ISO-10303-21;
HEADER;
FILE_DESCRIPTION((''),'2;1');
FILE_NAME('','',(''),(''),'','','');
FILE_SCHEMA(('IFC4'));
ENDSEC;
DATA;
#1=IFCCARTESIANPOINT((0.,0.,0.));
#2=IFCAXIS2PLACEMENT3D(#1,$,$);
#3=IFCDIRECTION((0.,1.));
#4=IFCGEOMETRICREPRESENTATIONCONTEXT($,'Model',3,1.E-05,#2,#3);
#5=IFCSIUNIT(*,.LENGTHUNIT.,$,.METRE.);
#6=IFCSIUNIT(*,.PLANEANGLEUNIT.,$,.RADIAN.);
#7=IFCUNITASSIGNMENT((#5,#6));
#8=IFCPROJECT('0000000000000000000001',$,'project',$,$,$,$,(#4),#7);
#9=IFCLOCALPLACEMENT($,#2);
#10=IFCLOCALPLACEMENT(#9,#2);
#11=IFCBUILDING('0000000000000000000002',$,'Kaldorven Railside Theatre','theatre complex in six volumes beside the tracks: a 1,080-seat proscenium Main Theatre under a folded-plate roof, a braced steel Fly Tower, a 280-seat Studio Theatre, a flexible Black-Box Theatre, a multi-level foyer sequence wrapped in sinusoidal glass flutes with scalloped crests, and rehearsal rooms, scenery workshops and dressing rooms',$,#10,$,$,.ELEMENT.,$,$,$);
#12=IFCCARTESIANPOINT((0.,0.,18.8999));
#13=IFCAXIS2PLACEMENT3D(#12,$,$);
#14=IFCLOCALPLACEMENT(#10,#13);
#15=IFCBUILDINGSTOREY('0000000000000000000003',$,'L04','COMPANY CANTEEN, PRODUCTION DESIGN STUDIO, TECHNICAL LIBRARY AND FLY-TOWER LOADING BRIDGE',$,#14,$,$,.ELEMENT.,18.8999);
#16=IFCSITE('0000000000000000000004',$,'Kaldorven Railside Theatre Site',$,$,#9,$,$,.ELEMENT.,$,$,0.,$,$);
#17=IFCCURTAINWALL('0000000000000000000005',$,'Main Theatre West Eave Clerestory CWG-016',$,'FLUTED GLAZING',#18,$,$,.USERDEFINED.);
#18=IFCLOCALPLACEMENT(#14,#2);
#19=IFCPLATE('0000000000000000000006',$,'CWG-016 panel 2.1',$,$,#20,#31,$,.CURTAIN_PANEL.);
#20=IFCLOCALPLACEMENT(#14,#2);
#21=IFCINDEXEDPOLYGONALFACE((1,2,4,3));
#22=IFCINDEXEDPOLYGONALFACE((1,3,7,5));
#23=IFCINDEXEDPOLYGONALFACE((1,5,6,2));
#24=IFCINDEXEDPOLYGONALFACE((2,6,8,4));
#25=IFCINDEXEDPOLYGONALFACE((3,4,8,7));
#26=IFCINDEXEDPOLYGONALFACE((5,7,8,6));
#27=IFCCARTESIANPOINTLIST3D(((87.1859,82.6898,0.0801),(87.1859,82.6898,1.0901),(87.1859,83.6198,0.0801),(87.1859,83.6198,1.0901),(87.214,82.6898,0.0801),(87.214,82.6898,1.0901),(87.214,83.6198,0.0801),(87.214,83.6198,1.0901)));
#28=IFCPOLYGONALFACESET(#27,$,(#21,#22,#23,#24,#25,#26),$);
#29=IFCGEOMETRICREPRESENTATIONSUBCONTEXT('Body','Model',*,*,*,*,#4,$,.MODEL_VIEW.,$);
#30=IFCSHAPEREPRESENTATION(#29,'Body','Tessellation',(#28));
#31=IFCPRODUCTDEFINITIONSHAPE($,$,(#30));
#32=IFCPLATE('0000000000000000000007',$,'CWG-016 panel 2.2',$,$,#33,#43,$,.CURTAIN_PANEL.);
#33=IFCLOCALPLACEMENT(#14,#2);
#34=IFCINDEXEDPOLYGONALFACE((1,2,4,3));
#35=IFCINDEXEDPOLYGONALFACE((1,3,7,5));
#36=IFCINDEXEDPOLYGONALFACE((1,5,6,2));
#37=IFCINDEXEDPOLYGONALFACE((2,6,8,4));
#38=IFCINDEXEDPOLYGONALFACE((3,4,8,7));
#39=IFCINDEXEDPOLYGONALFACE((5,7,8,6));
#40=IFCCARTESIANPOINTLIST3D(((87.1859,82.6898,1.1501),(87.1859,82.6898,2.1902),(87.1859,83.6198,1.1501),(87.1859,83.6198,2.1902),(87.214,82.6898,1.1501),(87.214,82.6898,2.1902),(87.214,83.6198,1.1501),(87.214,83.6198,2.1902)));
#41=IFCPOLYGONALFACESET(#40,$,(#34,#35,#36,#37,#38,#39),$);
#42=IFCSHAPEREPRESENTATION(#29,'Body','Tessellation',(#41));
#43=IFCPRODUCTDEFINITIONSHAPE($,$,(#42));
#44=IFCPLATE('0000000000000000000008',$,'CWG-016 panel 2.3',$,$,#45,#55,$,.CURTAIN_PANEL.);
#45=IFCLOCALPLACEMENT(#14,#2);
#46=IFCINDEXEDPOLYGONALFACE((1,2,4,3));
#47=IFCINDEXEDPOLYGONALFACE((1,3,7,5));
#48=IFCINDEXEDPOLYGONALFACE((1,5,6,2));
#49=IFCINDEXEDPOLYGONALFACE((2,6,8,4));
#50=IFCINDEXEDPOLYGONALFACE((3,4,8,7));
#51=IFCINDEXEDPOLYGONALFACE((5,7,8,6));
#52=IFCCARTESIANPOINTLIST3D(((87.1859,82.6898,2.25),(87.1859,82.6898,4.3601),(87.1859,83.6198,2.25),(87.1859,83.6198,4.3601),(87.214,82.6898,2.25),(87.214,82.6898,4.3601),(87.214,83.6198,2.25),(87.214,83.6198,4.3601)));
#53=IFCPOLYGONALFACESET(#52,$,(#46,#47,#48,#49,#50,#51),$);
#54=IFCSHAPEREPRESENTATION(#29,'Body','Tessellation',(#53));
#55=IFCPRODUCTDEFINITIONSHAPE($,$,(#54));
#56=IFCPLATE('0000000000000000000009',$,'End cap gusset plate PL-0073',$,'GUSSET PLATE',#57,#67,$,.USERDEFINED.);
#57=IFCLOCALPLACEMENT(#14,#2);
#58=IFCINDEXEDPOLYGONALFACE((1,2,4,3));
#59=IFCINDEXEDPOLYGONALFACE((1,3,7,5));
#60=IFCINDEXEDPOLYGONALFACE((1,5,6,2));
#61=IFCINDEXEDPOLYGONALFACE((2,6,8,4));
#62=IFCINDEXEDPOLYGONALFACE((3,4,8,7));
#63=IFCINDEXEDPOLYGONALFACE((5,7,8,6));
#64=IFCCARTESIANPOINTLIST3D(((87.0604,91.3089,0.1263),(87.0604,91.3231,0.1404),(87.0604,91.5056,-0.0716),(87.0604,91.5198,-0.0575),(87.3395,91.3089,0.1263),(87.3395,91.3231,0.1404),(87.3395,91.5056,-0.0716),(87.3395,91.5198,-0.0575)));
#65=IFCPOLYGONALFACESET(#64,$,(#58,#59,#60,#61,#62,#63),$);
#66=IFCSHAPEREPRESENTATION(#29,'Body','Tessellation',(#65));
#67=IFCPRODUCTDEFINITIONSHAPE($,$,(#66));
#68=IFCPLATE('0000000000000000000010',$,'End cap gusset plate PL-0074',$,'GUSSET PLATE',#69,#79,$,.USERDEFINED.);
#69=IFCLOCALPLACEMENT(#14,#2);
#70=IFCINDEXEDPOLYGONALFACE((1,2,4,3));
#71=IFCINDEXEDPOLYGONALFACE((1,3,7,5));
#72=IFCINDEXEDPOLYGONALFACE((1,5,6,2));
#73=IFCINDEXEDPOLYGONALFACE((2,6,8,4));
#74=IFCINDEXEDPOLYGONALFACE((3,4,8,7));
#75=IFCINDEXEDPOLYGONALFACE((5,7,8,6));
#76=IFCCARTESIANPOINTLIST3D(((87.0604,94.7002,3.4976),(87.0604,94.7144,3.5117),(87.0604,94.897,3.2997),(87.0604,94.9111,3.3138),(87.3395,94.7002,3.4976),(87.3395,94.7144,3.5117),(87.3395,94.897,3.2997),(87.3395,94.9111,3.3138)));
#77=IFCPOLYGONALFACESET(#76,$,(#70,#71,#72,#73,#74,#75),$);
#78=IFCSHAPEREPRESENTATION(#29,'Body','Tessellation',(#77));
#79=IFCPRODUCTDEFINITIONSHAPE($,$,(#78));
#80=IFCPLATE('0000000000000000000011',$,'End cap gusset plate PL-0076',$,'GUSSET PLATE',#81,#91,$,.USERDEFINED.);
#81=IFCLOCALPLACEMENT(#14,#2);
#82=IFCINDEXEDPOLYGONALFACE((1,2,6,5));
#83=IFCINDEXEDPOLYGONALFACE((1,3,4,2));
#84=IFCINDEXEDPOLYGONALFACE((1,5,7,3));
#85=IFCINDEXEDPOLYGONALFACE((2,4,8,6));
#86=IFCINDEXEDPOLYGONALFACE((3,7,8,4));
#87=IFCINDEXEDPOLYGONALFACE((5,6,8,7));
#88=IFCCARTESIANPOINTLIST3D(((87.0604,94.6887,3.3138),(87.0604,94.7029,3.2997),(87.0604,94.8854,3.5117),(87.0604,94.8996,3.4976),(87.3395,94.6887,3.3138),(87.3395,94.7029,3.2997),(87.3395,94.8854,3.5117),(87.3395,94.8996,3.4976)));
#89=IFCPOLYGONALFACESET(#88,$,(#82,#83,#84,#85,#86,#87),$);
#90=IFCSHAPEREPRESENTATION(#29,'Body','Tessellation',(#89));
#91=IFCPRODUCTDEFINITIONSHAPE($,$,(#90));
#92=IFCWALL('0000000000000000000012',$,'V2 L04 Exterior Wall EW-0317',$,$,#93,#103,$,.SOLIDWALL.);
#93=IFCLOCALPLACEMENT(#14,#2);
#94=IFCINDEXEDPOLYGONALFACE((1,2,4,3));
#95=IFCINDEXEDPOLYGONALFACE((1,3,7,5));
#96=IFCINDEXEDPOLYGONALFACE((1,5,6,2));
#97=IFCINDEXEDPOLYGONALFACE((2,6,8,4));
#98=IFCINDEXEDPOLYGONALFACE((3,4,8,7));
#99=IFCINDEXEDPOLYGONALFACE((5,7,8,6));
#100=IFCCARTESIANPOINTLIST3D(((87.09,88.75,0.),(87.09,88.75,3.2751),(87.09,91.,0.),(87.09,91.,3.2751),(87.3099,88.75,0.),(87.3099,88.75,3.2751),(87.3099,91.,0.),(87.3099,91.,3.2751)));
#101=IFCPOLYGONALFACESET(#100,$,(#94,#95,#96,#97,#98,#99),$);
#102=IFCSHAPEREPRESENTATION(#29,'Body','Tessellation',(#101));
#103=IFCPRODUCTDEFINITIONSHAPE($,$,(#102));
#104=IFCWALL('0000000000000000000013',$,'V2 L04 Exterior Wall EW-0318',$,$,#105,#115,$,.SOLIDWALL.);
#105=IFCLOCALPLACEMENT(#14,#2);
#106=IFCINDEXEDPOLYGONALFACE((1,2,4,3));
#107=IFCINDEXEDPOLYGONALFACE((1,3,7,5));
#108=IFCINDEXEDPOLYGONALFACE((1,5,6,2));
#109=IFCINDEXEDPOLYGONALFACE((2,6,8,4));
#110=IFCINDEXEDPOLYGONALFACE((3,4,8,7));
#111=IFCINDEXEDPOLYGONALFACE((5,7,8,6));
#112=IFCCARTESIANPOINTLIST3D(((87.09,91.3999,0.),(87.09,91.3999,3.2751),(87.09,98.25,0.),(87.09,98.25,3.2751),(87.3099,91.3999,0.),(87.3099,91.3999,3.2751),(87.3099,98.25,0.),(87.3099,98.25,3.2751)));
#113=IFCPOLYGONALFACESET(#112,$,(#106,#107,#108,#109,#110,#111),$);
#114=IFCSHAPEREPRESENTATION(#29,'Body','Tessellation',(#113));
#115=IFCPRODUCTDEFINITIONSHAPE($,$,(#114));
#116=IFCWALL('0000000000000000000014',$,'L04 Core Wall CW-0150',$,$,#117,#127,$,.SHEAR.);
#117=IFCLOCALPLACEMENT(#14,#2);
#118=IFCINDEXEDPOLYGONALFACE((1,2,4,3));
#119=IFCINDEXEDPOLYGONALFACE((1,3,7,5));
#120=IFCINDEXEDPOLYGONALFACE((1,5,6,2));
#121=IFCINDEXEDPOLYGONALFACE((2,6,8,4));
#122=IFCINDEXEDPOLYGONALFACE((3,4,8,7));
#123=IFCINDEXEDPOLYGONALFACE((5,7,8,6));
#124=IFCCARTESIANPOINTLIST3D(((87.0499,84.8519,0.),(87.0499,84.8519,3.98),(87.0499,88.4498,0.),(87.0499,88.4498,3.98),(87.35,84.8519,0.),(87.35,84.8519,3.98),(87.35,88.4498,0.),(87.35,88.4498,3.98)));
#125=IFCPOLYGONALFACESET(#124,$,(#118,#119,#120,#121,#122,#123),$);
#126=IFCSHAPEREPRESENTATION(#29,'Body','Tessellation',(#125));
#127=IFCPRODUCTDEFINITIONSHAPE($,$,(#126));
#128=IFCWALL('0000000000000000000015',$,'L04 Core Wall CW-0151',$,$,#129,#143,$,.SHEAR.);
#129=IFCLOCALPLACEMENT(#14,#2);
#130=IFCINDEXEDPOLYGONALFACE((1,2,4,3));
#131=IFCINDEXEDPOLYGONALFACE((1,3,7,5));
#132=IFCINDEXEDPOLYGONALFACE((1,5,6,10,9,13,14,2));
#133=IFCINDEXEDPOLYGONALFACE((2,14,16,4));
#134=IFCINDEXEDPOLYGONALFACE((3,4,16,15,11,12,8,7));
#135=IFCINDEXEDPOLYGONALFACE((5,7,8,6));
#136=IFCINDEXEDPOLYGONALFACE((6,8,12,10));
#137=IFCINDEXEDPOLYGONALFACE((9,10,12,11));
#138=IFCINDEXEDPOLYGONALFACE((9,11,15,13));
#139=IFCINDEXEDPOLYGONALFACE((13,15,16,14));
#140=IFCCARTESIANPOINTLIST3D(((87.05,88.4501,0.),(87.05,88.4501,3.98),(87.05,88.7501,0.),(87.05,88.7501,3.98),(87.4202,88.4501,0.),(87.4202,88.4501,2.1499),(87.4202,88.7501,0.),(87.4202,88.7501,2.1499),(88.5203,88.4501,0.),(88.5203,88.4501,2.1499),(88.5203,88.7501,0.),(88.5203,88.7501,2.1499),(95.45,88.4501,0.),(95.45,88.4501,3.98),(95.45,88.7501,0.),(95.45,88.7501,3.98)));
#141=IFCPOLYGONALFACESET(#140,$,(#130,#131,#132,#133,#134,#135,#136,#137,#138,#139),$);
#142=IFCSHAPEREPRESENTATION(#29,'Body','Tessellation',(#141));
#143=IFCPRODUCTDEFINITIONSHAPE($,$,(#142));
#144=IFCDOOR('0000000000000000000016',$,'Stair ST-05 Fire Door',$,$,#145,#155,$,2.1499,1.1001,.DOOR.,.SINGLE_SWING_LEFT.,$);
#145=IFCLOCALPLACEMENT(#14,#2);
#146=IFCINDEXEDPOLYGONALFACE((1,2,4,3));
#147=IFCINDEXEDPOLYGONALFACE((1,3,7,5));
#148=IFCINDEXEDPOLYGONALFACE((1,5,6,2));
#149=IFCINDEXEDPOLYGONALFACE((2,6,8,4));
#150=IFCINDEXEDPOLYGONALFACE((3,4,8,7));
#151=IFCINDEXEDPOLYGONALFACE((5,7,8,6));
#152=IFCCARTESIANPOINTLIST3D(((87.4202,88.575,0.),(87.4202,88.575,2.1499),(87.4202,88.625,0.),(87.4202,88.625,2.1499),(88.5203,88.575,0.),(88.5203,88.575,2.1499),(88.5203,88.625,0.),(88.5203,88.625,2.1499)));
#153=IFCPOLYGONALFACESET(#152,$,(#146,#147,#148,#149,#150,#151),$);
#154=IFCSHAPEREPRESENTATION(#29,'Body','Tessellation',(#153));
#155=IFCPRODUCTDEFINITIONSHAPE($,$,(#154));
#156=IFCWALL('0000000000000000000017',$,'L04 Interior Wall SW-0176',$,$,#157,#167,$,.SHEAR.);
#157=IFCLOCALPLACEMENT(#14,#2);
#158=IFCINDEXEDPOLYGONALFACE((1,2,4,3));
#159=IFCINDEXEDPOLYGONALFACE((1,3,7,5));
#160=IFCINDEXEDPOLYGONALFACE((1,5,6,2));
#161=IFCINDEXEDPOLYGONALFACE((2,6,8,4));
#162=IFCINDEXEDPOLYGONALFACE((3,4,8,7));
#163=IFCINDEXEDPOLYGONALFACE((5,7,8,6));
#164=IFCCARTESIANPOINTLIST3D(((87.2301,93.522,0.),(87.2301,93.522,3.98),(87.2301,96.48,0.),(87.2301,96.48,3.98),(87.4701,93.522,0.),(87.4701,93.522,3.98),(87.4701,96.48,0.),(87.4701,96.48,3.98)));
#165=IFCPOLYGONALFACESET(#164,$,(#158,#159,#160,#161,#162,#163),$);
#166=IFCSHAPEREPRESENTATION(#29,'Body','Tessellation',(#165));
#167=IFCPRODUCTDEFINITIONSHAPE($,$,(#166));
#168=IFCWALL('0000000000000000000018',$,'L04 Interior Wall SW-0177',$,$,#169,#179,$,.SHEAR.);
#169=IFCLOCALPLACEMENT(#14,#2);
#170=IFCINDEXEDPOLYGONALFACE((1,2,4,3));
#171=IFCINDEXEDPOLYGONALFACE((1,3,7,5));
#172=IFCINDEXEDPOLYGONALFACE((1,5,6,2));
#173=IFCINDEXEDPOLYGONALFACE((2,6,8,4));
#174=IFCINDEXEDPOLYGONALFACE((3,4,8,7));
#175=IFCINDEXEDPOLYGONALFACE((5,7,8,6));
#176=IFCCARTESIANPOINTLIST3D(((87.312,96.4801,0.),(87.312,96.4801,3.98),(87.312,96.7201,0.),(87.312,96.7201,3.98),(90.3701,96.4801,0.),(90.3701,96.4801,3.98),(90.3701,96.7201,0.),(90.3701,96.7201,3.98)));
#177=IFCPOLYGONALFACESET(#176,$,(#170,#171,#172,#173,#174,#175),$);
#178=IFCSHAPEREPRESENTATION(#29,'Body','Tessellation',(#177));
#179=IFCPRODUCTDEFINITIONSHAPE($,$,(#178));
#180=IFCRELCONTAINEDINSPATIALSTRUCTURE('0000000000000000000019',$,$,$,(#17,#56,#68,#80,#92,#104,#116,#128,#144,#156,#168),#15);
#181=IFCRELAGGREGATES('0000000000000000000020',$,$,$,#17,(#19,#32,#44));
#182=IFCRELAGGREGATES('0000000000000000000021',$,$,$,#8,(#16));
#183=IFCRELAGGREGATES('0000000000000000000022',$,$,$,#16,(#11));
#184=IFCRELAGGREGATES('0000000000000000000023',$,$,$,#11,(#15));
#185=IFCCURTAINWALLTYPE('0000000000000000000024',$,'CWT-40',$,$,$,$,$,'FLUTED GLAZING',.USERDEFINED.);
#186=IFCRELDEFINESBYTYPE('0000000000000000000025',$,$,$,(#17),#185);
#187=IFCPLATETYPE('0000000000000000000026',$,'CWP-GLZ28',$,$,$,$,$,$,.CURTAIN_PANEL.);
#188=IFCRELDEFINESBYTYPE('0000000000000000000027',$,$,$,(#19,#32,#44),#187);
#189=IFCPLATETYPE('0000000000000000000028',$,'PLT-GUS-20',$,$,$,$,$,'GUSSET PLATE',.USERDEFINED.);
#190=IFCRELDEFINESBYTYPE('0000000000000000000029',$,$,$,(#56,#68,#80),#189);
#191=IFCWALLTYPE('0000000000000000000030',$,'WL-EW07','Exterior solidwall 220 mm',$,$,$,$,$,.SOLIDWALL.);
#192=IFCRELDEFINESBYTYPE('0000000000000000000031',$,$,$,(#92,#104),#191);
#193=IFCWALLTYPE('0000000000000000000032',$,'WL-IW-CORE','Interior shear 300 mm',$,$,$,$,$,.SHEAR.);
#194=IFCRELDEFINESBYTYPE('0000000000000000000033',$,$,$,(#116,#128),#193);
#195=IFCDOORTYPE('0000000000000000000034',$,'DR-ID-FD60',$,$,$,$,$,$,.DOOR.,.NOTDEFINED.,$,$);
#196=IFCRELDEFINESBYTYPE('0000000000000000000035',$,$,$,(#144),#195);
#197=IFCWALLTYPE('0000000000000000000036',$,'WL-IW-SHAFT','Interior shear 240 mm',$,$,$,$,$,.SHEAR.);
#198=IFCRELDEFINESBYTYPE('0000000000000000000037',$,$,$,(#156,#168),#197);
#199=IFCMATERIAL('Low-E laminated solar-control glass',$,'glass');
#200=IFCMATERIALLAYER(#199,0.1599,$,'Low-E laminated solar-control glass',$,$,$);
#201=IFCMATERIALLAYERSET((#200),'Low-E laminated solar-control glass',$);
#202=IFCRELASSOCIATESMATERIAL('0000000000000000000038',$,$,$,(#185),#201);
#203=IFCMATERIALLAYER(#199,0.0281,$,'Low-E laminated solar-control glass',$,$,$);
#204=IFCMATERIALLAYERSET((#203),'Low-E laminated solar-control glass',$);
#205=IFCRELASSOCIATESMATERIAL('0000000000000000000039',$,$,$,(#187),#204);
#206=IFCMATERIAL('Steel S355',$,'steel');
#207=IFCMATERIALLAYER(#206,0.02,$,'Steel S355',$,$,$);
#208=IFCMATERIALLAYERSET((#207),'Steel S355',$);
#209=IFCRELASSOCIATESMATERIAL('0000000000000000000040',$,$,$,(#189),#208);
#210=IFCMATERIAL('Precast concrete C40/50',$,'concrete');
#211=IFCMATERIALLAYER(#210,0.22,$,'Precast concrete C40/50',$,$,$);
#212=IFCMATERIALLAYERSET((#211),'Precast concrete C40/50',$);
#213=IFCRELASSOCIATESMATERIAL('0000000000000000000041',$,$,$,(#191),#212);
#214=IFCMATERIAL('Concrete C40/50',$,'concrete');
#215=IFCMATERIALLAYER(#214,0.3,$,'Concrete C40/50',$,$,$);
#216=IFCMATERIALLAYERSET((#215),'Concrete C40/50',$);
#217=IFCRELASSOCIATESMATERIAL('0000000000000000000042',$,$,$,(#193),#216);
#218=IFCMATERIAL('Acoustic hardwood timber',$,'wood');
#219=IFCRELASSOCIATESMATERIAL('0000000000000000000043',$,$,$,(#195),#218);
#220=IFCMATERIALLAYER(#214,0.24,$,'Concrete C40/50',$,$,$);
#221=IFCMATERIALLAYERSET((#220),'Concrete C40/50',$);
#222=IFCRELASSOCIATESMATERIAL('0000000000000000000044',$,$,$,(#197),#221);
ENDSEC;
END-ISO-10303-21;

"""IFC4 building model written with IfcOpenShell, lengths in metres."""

from ifc_helpers import new_model, si_unit, direction, frame, frame_2d, origin, origin_2d, place, context, subcontext, project, spatial, rectangle, extrude, material, layer, layer_set, type_object, element, fill, aggregate, save


model = new_model("IFC4")

# Units and contexts
model_context = context("Model", 3, precision=1e-05, world=origin(), true_north=direction((0.0, 1.0)))
body_context = subcontext(model_context, "Body", "Model", "MODEL_VIEW")
ifc_project = project(units=[si_unit("LENGTHUNIT", "METRE"), si_unit("PLANEANGLEUNIT", "RADIAN")], contexts=[model_context])

# Site, building, storey
site_placement = place(None, origin())
site = spatial("IfcSite", under=ifc_project, at=site_placement, Name="Kaldorven Railside Theatre Site", CompositionType="ELEMENT", RefElevation=0.0)
building_placement = place(site_placement, origin())
building = spatial("IfcBuilding", under=site, at=building_placement, Name="Kaldorven Railside Theatre", Description="theatre complex in six volumes beside the tracks: a 1,080-seat proscenium Main Theatre under a folded-plate roof, a braced steel Fly Tower, a 280-seat Studio Theatre, a flexible Black-Box Theatre, a multi-level foyer sequence wrapped in sinusoidal glass flutes with scalloped crests, and rehearsal rooms, scenery workshops and dressing rooms", CompositionType="ELEMENT")
storey_placement = place(building_placement, frame((0.0, 0.0, 18.8999)))
storey = spatial("IfcBuildingStorey", under=building, at=storey_placement, Name="L04", Description="COMPANY CANTEEN, PRODUCTION DESIGN STUDIO, TECHNICAL LIBRARY AND FLY-TOWER LOADING BRIDGE", CompositionType="ELEMENT", Elevation=18.8999)

# Shared definitions
ifc_material_1 = material(Name="Steel S355", Category="steel")

# Curtain wall
ifc_material_2 = material(Name="Low-E laminated solar-control glass", Category="glass")
ifc_layer_1 = layer(ifc_material_2, 0.1599, Name="Low-E laminated solar-control glass")
ifc_layer_set_1 = layer_set([ifc_layer_1], Name="Low-E laminated solar-control glass")
curtain_wall_type = type_object("IfcCurtainWallType", Name="CWT-40", ElementType="FLUTED GLAZING", PredefinedType="USERDEFINED", material=ifc_layer_set_1)
curtain_wall_placement = place(storey_placement, origin())
curtain_wall = element("IfcCurtainWall", 1, at=curtain_wall_placement, inside=storey, type_object=curtain_wall_type, Name="Main Theatre West Eave Clerestory CWG-016", ObjectType="FLUTED GLAZING", PredefinedType="USERDEFINED")

# Plates
ifc_layer_2 = layer(ifc_material_2, 0.0281, Name="Low-E laminated solar-control glass")
ifc_layer_set_2 = layer_set([ifc_layer_2], Name="Low-E laminated solar-control glass")
plate_type_1 = type_object("IfcPlateType", Name="CWP-GLZ28", PredefinedType="CURTAIN_PANEL", material=ifc_layer_set_2)
plate_1_placement = place(storey_placement, frame((87.2, 83.1548, 0.0801), z_axis=(0.0, 0.0, 1.0), x_axis=(0.0, 1.0, 0.0)))
plate_1 = element("IfcPlate", 2, at=plate_1_placement, type_object=plate_type_1, Name="CWG-016 panel 2.1", PredefinedType="CURTAIN_PANEL", context=body_context, shape_type="SweptSolid", body=[
    extrude(rectangle(XDim=0.9299, YDim=0.0281, at=origin_2d()), origin(), (0.0, 0.0, 1.0), 1.01),
])
plate_2_placement = place(storey_placement, frame((87.2, 83.1548, 1.1501), z_axis=(0.0, 0.0, 1.0), x_axis=(0.0, 1.0, 0.0)))
plate_2 = element("IfcPlate", 3, at=plate_2_placement, type_object=plate_type_1, Name="CWG-016 panel 2.2", PredefinedType="CURTAIN_PANEL", context=body_context, shape_type="SweptSolid", body=[
    extrude(rectangle(XDim=0.9299, YDim=0.0281, at=origin_2d()), origin(), (0.0, 0.0, 1.0), 1.04),
])
plate_3_placement = place(storey_placement, frame((87.2, 83.1548, 2.25), z_axis=(0.0, 0.0, 1.0), x_axis=(0.0, 1.0, 0.0)))
plate_3 = element("IfcPlate", 4, at=plate_3_placement, type_object=plate_type_1, Name="CWG-016 panel 2.3", PredefinedType="CURTAIN_PANEL", context=body_context, shape_type="SweptSolid", body=[
    extrude(rectangle(XDim=0.9299, YDim=0.0281, at=origin_2d()), origin(), (0.0, 0.0, 1.0), 2.1101),
])
aggregate(curtain_wall, [plate_1, plate_2, plate_3])

# Plates
ifc_layer_3 = layer(ifc_material_1, 0.02, Name="Steel S355")
ifc_layer_set_3 = layer_set([ifc_layer_3], Name="Steel S355")
plate_type_2 = type_object("IfcPlateType", Name="PLT-GUS-20", ElementType="GUSSET PLATE", PredefinedType="USERDEFINED", material=ifc_layer_set_3)
for number, where, z_axis, x_axis, name in (
    (5, (87.2, 91.4072, 0.0273), (0.0, 0.709202, 0.705006), (-1.0, 0.0, 0.0), "End cap gusset plate PL-0073"),
    (6, (87.2, 94.7986, 3.3987), (0.0, 0.709202, 0.705006), (-1.0, 0.0, 0.0), "End cap gusset plate PL-0074"),
    (7, (87.2, 94.8013, 3.3987), (0.0, -0.709202, 0.705006), (1.0, 0.0, 0.0), "End cap gusset plate PL-0076"),
):
    element("IfcPlate", number, at=place(storey_placement, frame(where, z_axis=z_axis, x_axis=x_axis)), inside=storey, type_object=plate_type_2, Name=name, ObjectType="GUSSET PLATE", PredefinedType="USERDEFINED", context=body_context, shape_type="SweptSolid", body=[
        extrude(rectangle(XDim=0.2791, YDim=0.2791, at=origin_2d()), origin(), (0.0, 0.0, 1.0), 0.02),
    ])

# Walls
ifc_material_3 = material(Name="Precast concrete C40/50", Category="concrete")
ifc_layer_4 = layer(ifc_material_3, 0.22, Name="Precast concrete C40/50")
ifc_layer_set_4 = layer_set([ifc_layer_4], Name="Precast concrete C40/50")
wall_type_1 = type_object("IfcWallType", Name="WL-EW07", Description="Exterior solidwall 220 mm", PredefinedType="SOLIDWALL", material=ifc_layer_set_4)
wall_1_placement = place(storey_placement, frame((87.2, 88.75, 0.0), z_axis=(0.0, 0.0, 1.0), x_axis=(0.0, 1.0, 0.0)))
element("IfcWall", 8, at=wall_1_placement, inside=storey, type_object=wall_type_1, Name="V2 L04 Exterior Wall EW-0317", PredefinedType="SOLIDWALL", context=body_context, shape_type="SweptSolid", body=[
    extrude(rectangle(XDim=2.25, YDim=0.22, at=frame_2d((1.125, 0.0))), origin(), (0.0, 0.0, 1.0), 3.2751),
])
wall_2_placement = place(storey_placement, frame((87.2, 91.3999, 0.0), z_axis=(0.0, 0.0, 1.0), x_axis=(0.0, 1.0, 0.0)))
element("IfcWall", 9, at=wall_2_placement, inside=storey, type_object=wall_type_1, Name="V2 L04 Exterior Wall EW-0318", PredefinedType="SOLIDWALL", context=body_context, shape_type="SweptSolid", body=[
    extrude(rectangle(XDim=6.8501, YDim=0.22, at=frame_2d((3.425, 0.0))), origin(), (0.0, 0.0, 1.0), 3.2751),
])
ifc_material_4 = material(Name="Concrete C40/50", Category="concrete")
ifc_layer_5 = layer(ifc_material_4, 0.3, Name="Concrete C40/50")
ifc_layer_set_5 = layer_set([ifc_layer_5], Name="Concrete C40/50")
wall_type_2 = type_object("IfcWallType", Name="WL-IW-CORE", Description="Interior shear 300 mm", PredefinedType="SHEAR", material=ifc_layer_set_5)
wall_3_placement = place(storey_placement, frame((87.2, 84.8521, 0.0), z_axis=(0.0, 0.0, 1.0), x_axis=(0.0, 1.0, 0.0)))
element("IfcWall", 10, at=wall_3_placement, inside=storey, type_object=wall_type_2, Name="L04 Core Wall CW-0150", PredefinedType="SHEAR", context=body_context, shape_type="SweptSolid", body=[
    extrude(rectangle(XDim=3.5979, YDim=0.3, at=frame_2d((1.7988, 0.0))), origin(), (0.0, 0.0, 1.0), 3.98),
])

# Wall, opening, door
wall_4_placement = place(storey_placement, frame((87.05, 88.6001, 0.0), z_axis=(0.0, 0.0, 1.0), x_axis=(1.0, 0.0, 0.0)))
wall_4 = element("IfcWall", 11, at=wall_4_placement, inside=storey, type_object=wall_type_2, Name="L04 Core Wall CW-0151", PredefinedType="SHEAR", context=body_context, shape_type="SweptSolid", body=[
    extrude(rectangle(XDim=8.3999, YDim=0.3, at=frame_2d((4.2, 0.0))), origin(), (0.0, 0.0, 1.0), 3.98),
])
opening_placement = place(wall_4_placement, frame((0.3701, 0.0, 0.0)))
opening = element("IfcOpeningElement", 12, at=opening_placement, cuts=wall_4, PredefinedType="OPENING", context=body_context, shape_type="SweptSolid", body=[
    extrude(rectangle(XDim=1.1001, YDim=2.1499, at=frame_2d((0.55, 1.075))), frame((0.0, 0.1602, 0.0), z_axis=(0.0, -1.0, 0.0), x_axis=(1.0, 0.0, 0.0)), (0.0, 0.0, 1.0), 0.3201),
])
ifc_material_5 = material(Name="Acoustic hardwood timber", Category="wood")
door_type = type_object("IfcDoorType", Name="DR-ID-FD60", OperationType="NOTDEFINED", PredefinedType="DOOR", material=ifc_material_5)
door_placement = place(opening_placement, origin())
door = element("IfcDoor", 13, at=door_placement, inside=storey, type_object=door_type, Name="Stair ST-05 Fire Door", OperationType="SINGLE_SWING_LEFT", OverallHeight=2.1499, OverallWidth=1.1001, PredefinedType="DOOR", context=body_context, shape_type="SweptSolid", body=[
    extrude(rectangle(XDim=1.1001, YDim=2.1499, at=frame_2d((0.55, 1.075))), frame((0.0, 0.0249, 0.0), z_axis=(0.0, -1.0, 0.0), x_axis=(1.0, 0.0, 0.0)), (0.0, 0.0, 1.0), 0.05),
])
fill(opening, door)

# Walls
ifc_layer_6 = layer(ifc_material_4, 0.24, Name="Concrete C40/50")
ifc_layer_set_6 = layer_set([ifc_layer_6], Name="Concrete C40/50")
wall_type_3 = type_object("IfcWallType", Name="WL-IW-SHAFT", Description="Interior shear 240 mm", PredefinedType="SHEAR", material=ifc_layer_set_6)
wall_5_placement = place(storey_placement, frame((87.3501, 93.522, 0.0), z_axis=(0.0, 0.0, 1.0), x_axis=(0.0, 1.0, 0.0)))
element("IfcWall", 14, at=wall_5_placement, inside=storey, type_object=wall_type_3, Name="L04 Interior Wall SW-0176", PredefinedType="SHEAR", context=body_context, shape_type="SweptSolid", body=[
    extrude(rectangle(XDim=2.958, YDim=0.24, at=frame_2d((1.479, 0.0))), origin(), (0.0, 0.0, 1.0), 3.98),
])
wall_6_placement = place(storey_placement, frame((87.312, 96.6001, 0.0), z_axis=(0.0, 0.0, 1.0), x_axis=(1.0, 0.0, 0.0)))
element("IfcWall", 15, at=wall_6_placement, inside=storey, type_object=wall_type_3, Name="L04 Interior Wall SW-0177", PredefinedType="SHEAR", context=body_context, shape_type="SweptSolid", body=[
    extrude(rectangle(XDim=3.0581, YDim=0.24, at=frame_2d((1.5291, 0.0))), origin(), (0.0, 0.0, 1.0), 3.98),
])

save(model, "model.ifc")
